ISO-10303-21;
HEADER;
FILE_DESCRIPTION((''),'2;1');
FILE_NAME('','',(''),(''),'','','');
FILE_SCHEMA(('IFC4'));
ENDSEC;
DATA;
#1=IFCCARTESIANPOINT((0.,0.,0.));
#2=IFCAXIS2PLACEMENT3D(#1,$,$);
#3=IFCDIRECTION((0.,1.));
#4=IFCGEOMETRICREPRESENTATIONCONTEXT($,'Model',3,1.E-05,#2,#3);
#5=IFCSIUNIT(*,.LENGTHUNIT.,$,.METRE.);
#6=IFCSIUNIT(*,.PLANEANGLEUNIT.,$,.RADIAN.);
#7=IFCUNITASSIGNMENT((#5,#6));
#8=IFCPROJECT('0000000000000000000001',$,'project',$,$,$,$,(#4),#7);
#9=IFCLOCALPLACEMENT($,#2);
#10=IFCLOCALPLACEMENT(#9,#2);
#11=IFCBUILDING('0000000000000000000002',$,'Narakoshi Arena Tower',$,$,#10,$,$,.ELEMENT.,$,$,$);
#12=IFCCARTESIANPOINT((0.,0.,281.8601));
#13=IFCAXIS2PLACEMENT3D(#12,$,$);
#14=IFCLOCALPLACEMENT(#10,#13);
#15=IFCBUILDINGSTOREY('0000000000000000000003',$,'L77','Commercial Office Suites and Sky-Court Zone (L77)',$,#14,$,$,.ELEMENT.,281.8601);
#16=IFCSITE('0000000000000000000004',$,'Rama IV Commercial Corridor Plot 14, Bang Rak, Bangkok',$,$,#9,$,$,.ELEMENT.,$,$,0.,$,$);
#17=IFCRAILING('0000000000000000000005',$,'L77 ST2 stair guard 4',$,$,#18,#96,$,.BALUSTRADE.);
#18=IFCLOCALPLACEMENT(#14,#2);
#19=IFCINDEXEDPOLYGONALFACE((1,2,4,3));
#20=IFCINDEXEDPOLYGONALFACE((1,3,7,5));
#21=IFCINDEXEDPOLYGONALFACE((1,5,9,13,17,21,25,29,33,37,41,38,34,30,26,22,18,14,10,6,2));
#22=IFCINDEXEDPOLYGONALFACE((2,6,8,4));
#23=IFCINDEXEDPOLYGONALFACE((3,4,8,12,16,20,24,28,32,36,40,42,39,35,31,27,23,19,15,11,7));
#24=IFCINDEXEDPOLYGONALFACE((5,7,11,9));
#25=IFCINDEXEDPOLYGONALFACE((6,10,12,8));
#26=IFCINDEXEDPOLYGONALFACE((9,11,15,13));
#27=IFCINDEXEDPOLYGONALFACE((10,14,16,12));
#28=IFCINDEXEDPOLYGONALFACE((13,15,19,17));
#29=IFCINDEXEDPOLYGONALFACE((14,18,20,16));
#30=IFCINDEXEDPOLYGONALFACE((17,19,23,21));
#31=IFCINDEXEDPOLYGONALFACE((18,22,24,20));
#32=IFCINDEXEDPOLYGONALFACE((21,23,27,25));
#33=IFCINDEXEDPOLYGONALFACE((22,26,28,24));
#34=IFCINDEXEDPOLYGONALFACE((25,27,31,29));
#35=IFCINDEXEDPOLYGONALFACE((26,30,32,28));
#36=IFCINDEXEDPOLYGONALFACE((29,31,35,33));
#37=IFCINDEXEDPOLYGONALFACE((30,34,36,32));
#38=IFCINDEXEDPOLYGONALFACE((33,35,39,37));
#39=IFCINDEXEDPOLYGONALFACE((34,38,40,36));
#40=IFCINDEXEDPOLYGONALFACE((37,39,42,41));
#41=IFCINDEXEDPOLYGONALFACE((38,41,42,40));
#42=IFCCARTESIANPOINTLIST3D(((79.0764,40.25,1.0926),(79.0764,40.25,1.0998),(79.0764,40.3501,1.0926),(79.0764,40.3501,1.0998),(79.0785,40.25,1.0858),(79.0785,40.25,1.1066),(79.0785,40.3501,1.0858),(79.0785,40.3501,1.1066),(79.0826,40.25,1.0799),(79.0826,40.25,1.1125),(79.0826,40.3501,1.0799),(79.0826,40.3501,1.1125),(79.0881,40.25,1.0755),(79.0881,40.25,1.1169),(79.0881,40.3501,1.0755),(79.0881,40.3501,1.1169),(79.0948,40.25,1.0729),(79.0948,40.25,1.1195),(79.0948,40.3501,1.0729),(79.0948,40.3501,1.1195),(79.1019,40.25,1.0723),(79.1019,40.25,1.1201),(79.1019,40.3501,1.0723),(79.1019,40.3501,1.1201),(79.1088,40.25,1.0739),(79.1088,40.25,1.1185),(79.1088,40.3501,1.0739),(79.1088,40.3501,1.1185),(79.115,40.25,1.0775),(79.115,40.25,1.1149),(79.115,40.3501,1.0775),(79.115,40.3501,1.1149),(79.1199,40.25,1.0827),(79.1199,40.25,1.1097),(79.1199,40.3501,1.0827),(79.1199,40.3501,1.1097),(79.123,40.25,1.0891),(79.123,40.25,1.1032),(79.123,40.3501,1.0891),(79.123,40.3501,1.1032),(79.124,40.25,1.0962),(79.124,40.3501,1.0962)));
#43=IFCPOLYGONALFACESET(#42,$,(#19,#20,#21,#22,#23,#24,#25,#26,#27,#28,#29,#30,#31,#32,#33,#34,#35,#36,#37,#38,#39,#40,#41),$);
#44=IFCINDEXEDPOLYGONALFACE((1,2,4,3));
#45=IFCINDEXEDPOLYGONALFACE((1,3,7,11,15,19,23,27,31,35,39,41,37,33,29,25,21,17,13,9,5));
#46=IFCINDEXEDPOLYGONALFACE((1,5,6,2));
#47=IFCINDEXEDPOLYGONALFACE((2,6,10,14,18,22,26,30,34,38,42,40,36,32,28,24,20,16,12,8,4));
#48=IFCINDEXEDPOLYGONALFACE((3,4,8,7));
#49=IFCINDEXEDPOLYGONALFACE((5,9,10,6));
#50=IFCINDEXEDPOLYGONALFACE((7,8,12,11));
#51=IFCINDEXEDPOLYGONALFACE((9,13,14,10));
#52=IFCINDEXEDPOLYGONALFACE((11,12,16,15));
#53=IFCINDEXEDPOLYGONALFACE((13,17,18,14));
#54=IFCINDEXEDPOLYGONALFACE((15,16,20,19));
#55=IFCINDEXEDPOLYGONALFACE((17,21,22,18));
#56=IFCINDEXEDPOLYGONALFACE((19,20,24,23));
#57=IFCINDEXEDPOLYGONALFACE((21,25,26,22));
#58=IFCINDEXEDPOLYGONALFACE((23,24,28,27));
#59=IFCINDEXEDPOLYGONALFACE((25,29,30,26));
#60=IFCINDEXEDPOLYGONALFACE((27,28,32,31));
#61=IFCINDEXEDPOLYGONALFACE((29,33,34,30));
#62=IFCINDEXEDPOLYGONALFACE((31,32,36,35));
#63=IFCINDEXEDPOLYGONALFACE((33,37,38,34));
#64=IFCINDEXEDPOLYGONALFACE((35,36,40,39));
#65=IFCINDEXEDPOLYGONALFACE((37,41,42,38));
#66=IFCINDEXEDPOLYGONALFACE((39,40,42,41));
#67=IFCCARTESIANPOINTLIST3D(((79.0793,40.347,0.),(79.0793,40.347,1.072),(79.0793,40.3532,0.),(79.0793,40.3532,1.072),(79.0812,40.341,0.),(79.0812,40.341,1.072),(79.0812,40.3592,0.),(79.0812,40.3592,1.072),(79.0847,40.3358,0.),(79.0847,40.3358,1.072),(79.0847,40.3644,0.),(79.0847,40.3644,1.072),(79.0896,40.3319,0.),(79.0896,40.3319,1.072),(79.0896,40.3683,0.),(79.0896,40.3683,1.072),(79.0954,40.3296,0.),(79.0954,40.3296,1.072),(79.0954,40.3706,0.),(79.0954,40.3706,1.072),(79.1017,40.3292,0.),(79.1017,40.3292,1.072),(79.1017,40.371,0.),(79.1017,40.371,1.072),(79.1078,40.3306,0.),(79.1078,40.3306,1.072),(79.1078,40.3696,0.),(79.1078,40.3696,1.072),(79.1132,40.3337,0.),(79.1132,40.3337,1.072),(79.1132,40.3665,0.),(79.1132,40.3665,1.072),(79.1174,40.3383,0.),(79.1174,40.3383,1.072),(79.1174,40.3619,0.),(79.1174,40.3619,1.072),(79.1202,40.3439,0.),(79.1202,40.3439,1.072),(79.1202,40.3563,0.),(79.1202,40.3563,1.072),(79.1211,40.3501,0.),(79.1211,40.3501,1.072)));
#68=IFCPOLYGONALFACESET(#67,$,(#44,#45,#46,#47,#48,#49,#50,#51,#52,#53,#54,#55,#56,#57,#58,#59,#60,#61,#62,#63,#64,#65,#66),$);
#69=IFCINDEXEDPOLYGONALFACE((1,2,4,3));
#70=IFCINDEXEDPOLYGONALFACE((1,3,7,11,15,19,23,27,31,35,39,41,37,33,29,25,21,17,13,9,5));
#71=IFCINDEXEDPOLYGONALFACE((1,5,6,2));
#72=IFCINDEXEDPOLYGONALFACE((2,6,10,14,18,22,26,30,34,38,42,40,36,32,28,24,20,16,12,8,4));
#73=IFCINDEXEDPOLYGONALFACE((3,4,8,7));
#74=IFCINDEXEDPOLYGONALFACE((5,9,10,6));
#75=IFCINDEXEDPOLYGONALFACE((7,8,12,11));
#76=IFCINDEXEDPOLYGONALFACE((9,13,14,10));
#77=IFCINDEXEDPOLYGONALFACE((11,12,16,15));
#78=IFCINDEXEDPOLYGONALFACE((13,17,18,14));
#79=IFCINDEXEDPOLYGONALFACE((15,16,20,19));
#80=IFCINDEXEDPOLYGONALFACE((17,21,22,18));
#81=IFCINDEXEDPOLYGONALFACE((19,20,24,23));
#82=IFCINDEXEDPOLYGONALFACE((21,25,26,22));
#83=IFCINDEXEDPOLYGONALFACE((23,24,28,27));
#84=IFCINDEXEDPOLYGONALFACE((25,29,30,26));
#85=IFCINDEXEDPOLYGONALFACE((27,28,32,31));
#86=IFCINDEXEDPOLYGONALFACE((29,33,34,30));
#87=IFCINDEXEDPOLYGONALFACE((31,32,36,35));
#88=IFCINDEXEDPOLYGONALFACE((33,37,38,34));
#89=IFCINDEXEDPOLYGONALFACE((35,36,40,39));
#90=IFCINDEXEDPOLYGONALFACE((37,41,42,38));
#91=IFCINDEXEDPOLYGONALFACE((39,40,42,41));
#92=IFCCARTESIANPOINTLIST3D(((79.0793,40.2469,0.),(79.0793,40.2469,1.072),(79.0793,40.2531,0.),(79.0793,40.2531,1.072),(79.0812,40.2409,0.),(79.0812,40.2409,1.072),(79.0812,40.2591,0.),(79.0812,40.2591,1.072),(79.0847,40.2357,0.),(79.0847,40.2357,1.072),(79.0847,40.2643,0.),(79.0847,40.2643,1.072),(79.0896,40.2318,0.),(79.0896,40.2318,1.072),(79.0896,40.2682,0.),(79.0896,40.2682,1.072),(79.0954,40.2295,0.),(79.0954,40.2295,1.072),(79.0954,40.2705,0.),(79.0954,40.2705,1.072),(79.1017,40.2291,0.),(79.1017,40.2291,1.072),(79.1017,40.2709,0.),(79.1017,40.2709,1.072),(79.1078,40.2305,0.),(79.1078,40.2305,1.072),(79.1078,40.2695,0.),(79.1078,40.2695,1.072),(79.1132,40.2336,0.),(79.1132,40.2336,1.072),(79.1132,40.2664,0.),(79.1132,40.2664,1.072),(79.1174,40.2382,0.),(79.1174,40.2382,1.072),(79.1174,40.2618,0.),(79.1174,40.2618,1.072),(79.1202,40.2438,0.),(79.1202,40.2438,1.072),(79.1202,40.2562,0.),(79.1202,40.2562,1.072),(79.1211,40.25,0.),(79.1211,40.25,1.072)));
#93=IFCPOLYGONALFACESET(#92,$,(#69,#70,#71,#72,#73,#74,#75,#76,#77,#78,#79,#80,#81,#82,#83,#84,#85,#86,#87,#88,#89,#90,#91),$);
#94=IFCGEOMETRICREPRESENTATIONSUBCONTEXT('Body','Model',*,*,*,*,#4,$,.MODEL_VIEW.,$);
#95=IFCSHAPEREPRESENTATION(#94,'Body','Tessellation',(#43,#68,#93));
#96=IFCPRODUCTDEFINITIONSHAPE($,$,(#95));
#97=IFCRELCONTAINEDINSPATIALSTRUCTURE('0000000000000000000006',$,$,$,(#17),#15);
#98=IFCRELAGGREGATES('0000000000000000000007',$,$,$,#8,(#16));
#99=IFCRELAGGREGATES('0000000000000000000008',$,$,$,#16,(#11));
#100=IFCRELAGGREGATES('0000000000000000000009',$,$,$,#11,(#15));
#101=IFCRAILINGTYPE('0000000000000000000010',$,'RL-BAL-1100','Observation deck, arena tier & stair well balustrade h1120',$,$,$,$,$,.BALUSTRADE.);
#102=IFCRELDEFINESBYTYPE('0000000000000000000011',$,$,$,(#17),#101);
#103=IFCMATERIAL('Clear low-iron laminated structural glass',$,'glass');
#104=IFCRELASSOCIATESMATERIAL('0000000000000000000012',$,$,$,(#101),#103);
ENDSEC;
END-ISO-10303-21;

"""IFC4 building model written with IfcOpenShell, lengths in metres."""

from ifc_helpers import new_model, si_unit, direction, frame, origin, origin_2d, place, context, subcontext, project, spatial, circle, extrude, material, type_object, element, save


model = new_model("IFC4")

# Units and contexts
model_context = context("Model", 3, precision=1e-05, world=origin(), true_north=direction((0.0, 1.0)))
body_context = subcontext(model_context, "Body", "Model", "MODEL_VIEW")
ifc_project = project(units=[si_unit("LENGTHUNIT", "METRE"), si_unit("PLANEANGLEUNIT", "RADIAN")], contexts=[model_context])

# Site, building, storey
site_placement = place(None, origin())
site = spatial("IfcSite", under=ifc_project, at=site_placement, Name="Rama IV Commercial Corridor Plot 14, Bang Rak, Bangkok", CompositionType="ELEMENT", RefElevation=0.0)
building_placement = place(site_placement, origin())
building = spatial("IfcBuilding", under=site, at=building_placement, Name="Narakoshi Arena Tower", CompositionType="ELEMENT")
storey_placement = place(building_placement, frame((0.0, 0.0, 281.8601)))
storey = spatial("IfcBuildingStorey", under=building, at=storey_placement, Name="L77", Description="Commercial Office Suites and Sky-Court Zone (L77)", CompositionType="ELEMENT", Elevation=281.8601)

# Railing
ifc_material_1 = material(Name="Clear low-iron laminated structural glass", Category="glass")
railing_type_1 = type_object("IfcRailingType", Name="RL-BAL-1100", Description="Observation deck, arena tier & stair well balustrade h1120", PredefinedType="BALUSTRADE", material=ifc_material_1)
railing_1_placement = place(storey_placement, frame((79.1001, 40.3501, 0.0)))
element("IfcRailing", 1, at=railing_1_placement, inside=storey, type_object=railing_type_1, Name="L77 ST2 stair guard 4", PredefinedType="BALUSTRADE", context=body_context, shape_type="SweptSolid", body=[
    extrude(circle(Radius=0.0239, at=origin_2d()), frame((0.0, 0.0, 1.0962), z_axis=(0.0, -1.0, 0.0), x_axis=(1.0, 0.0, 0.0)), (0.0, 0.0, 1.0), 0.1001),
    extrude(circle(Radius=0.021, at=origin_2d()), origin(), (0.0, 0.0, 1.0), 1.072),
    extrude(circle(Radius=0.021, at=origin_2d()), frame((0.0, -0.1001, 0.0)), (0.0, 0.0, 1.0), 1.072),
])

save(model, "model.ifc")
